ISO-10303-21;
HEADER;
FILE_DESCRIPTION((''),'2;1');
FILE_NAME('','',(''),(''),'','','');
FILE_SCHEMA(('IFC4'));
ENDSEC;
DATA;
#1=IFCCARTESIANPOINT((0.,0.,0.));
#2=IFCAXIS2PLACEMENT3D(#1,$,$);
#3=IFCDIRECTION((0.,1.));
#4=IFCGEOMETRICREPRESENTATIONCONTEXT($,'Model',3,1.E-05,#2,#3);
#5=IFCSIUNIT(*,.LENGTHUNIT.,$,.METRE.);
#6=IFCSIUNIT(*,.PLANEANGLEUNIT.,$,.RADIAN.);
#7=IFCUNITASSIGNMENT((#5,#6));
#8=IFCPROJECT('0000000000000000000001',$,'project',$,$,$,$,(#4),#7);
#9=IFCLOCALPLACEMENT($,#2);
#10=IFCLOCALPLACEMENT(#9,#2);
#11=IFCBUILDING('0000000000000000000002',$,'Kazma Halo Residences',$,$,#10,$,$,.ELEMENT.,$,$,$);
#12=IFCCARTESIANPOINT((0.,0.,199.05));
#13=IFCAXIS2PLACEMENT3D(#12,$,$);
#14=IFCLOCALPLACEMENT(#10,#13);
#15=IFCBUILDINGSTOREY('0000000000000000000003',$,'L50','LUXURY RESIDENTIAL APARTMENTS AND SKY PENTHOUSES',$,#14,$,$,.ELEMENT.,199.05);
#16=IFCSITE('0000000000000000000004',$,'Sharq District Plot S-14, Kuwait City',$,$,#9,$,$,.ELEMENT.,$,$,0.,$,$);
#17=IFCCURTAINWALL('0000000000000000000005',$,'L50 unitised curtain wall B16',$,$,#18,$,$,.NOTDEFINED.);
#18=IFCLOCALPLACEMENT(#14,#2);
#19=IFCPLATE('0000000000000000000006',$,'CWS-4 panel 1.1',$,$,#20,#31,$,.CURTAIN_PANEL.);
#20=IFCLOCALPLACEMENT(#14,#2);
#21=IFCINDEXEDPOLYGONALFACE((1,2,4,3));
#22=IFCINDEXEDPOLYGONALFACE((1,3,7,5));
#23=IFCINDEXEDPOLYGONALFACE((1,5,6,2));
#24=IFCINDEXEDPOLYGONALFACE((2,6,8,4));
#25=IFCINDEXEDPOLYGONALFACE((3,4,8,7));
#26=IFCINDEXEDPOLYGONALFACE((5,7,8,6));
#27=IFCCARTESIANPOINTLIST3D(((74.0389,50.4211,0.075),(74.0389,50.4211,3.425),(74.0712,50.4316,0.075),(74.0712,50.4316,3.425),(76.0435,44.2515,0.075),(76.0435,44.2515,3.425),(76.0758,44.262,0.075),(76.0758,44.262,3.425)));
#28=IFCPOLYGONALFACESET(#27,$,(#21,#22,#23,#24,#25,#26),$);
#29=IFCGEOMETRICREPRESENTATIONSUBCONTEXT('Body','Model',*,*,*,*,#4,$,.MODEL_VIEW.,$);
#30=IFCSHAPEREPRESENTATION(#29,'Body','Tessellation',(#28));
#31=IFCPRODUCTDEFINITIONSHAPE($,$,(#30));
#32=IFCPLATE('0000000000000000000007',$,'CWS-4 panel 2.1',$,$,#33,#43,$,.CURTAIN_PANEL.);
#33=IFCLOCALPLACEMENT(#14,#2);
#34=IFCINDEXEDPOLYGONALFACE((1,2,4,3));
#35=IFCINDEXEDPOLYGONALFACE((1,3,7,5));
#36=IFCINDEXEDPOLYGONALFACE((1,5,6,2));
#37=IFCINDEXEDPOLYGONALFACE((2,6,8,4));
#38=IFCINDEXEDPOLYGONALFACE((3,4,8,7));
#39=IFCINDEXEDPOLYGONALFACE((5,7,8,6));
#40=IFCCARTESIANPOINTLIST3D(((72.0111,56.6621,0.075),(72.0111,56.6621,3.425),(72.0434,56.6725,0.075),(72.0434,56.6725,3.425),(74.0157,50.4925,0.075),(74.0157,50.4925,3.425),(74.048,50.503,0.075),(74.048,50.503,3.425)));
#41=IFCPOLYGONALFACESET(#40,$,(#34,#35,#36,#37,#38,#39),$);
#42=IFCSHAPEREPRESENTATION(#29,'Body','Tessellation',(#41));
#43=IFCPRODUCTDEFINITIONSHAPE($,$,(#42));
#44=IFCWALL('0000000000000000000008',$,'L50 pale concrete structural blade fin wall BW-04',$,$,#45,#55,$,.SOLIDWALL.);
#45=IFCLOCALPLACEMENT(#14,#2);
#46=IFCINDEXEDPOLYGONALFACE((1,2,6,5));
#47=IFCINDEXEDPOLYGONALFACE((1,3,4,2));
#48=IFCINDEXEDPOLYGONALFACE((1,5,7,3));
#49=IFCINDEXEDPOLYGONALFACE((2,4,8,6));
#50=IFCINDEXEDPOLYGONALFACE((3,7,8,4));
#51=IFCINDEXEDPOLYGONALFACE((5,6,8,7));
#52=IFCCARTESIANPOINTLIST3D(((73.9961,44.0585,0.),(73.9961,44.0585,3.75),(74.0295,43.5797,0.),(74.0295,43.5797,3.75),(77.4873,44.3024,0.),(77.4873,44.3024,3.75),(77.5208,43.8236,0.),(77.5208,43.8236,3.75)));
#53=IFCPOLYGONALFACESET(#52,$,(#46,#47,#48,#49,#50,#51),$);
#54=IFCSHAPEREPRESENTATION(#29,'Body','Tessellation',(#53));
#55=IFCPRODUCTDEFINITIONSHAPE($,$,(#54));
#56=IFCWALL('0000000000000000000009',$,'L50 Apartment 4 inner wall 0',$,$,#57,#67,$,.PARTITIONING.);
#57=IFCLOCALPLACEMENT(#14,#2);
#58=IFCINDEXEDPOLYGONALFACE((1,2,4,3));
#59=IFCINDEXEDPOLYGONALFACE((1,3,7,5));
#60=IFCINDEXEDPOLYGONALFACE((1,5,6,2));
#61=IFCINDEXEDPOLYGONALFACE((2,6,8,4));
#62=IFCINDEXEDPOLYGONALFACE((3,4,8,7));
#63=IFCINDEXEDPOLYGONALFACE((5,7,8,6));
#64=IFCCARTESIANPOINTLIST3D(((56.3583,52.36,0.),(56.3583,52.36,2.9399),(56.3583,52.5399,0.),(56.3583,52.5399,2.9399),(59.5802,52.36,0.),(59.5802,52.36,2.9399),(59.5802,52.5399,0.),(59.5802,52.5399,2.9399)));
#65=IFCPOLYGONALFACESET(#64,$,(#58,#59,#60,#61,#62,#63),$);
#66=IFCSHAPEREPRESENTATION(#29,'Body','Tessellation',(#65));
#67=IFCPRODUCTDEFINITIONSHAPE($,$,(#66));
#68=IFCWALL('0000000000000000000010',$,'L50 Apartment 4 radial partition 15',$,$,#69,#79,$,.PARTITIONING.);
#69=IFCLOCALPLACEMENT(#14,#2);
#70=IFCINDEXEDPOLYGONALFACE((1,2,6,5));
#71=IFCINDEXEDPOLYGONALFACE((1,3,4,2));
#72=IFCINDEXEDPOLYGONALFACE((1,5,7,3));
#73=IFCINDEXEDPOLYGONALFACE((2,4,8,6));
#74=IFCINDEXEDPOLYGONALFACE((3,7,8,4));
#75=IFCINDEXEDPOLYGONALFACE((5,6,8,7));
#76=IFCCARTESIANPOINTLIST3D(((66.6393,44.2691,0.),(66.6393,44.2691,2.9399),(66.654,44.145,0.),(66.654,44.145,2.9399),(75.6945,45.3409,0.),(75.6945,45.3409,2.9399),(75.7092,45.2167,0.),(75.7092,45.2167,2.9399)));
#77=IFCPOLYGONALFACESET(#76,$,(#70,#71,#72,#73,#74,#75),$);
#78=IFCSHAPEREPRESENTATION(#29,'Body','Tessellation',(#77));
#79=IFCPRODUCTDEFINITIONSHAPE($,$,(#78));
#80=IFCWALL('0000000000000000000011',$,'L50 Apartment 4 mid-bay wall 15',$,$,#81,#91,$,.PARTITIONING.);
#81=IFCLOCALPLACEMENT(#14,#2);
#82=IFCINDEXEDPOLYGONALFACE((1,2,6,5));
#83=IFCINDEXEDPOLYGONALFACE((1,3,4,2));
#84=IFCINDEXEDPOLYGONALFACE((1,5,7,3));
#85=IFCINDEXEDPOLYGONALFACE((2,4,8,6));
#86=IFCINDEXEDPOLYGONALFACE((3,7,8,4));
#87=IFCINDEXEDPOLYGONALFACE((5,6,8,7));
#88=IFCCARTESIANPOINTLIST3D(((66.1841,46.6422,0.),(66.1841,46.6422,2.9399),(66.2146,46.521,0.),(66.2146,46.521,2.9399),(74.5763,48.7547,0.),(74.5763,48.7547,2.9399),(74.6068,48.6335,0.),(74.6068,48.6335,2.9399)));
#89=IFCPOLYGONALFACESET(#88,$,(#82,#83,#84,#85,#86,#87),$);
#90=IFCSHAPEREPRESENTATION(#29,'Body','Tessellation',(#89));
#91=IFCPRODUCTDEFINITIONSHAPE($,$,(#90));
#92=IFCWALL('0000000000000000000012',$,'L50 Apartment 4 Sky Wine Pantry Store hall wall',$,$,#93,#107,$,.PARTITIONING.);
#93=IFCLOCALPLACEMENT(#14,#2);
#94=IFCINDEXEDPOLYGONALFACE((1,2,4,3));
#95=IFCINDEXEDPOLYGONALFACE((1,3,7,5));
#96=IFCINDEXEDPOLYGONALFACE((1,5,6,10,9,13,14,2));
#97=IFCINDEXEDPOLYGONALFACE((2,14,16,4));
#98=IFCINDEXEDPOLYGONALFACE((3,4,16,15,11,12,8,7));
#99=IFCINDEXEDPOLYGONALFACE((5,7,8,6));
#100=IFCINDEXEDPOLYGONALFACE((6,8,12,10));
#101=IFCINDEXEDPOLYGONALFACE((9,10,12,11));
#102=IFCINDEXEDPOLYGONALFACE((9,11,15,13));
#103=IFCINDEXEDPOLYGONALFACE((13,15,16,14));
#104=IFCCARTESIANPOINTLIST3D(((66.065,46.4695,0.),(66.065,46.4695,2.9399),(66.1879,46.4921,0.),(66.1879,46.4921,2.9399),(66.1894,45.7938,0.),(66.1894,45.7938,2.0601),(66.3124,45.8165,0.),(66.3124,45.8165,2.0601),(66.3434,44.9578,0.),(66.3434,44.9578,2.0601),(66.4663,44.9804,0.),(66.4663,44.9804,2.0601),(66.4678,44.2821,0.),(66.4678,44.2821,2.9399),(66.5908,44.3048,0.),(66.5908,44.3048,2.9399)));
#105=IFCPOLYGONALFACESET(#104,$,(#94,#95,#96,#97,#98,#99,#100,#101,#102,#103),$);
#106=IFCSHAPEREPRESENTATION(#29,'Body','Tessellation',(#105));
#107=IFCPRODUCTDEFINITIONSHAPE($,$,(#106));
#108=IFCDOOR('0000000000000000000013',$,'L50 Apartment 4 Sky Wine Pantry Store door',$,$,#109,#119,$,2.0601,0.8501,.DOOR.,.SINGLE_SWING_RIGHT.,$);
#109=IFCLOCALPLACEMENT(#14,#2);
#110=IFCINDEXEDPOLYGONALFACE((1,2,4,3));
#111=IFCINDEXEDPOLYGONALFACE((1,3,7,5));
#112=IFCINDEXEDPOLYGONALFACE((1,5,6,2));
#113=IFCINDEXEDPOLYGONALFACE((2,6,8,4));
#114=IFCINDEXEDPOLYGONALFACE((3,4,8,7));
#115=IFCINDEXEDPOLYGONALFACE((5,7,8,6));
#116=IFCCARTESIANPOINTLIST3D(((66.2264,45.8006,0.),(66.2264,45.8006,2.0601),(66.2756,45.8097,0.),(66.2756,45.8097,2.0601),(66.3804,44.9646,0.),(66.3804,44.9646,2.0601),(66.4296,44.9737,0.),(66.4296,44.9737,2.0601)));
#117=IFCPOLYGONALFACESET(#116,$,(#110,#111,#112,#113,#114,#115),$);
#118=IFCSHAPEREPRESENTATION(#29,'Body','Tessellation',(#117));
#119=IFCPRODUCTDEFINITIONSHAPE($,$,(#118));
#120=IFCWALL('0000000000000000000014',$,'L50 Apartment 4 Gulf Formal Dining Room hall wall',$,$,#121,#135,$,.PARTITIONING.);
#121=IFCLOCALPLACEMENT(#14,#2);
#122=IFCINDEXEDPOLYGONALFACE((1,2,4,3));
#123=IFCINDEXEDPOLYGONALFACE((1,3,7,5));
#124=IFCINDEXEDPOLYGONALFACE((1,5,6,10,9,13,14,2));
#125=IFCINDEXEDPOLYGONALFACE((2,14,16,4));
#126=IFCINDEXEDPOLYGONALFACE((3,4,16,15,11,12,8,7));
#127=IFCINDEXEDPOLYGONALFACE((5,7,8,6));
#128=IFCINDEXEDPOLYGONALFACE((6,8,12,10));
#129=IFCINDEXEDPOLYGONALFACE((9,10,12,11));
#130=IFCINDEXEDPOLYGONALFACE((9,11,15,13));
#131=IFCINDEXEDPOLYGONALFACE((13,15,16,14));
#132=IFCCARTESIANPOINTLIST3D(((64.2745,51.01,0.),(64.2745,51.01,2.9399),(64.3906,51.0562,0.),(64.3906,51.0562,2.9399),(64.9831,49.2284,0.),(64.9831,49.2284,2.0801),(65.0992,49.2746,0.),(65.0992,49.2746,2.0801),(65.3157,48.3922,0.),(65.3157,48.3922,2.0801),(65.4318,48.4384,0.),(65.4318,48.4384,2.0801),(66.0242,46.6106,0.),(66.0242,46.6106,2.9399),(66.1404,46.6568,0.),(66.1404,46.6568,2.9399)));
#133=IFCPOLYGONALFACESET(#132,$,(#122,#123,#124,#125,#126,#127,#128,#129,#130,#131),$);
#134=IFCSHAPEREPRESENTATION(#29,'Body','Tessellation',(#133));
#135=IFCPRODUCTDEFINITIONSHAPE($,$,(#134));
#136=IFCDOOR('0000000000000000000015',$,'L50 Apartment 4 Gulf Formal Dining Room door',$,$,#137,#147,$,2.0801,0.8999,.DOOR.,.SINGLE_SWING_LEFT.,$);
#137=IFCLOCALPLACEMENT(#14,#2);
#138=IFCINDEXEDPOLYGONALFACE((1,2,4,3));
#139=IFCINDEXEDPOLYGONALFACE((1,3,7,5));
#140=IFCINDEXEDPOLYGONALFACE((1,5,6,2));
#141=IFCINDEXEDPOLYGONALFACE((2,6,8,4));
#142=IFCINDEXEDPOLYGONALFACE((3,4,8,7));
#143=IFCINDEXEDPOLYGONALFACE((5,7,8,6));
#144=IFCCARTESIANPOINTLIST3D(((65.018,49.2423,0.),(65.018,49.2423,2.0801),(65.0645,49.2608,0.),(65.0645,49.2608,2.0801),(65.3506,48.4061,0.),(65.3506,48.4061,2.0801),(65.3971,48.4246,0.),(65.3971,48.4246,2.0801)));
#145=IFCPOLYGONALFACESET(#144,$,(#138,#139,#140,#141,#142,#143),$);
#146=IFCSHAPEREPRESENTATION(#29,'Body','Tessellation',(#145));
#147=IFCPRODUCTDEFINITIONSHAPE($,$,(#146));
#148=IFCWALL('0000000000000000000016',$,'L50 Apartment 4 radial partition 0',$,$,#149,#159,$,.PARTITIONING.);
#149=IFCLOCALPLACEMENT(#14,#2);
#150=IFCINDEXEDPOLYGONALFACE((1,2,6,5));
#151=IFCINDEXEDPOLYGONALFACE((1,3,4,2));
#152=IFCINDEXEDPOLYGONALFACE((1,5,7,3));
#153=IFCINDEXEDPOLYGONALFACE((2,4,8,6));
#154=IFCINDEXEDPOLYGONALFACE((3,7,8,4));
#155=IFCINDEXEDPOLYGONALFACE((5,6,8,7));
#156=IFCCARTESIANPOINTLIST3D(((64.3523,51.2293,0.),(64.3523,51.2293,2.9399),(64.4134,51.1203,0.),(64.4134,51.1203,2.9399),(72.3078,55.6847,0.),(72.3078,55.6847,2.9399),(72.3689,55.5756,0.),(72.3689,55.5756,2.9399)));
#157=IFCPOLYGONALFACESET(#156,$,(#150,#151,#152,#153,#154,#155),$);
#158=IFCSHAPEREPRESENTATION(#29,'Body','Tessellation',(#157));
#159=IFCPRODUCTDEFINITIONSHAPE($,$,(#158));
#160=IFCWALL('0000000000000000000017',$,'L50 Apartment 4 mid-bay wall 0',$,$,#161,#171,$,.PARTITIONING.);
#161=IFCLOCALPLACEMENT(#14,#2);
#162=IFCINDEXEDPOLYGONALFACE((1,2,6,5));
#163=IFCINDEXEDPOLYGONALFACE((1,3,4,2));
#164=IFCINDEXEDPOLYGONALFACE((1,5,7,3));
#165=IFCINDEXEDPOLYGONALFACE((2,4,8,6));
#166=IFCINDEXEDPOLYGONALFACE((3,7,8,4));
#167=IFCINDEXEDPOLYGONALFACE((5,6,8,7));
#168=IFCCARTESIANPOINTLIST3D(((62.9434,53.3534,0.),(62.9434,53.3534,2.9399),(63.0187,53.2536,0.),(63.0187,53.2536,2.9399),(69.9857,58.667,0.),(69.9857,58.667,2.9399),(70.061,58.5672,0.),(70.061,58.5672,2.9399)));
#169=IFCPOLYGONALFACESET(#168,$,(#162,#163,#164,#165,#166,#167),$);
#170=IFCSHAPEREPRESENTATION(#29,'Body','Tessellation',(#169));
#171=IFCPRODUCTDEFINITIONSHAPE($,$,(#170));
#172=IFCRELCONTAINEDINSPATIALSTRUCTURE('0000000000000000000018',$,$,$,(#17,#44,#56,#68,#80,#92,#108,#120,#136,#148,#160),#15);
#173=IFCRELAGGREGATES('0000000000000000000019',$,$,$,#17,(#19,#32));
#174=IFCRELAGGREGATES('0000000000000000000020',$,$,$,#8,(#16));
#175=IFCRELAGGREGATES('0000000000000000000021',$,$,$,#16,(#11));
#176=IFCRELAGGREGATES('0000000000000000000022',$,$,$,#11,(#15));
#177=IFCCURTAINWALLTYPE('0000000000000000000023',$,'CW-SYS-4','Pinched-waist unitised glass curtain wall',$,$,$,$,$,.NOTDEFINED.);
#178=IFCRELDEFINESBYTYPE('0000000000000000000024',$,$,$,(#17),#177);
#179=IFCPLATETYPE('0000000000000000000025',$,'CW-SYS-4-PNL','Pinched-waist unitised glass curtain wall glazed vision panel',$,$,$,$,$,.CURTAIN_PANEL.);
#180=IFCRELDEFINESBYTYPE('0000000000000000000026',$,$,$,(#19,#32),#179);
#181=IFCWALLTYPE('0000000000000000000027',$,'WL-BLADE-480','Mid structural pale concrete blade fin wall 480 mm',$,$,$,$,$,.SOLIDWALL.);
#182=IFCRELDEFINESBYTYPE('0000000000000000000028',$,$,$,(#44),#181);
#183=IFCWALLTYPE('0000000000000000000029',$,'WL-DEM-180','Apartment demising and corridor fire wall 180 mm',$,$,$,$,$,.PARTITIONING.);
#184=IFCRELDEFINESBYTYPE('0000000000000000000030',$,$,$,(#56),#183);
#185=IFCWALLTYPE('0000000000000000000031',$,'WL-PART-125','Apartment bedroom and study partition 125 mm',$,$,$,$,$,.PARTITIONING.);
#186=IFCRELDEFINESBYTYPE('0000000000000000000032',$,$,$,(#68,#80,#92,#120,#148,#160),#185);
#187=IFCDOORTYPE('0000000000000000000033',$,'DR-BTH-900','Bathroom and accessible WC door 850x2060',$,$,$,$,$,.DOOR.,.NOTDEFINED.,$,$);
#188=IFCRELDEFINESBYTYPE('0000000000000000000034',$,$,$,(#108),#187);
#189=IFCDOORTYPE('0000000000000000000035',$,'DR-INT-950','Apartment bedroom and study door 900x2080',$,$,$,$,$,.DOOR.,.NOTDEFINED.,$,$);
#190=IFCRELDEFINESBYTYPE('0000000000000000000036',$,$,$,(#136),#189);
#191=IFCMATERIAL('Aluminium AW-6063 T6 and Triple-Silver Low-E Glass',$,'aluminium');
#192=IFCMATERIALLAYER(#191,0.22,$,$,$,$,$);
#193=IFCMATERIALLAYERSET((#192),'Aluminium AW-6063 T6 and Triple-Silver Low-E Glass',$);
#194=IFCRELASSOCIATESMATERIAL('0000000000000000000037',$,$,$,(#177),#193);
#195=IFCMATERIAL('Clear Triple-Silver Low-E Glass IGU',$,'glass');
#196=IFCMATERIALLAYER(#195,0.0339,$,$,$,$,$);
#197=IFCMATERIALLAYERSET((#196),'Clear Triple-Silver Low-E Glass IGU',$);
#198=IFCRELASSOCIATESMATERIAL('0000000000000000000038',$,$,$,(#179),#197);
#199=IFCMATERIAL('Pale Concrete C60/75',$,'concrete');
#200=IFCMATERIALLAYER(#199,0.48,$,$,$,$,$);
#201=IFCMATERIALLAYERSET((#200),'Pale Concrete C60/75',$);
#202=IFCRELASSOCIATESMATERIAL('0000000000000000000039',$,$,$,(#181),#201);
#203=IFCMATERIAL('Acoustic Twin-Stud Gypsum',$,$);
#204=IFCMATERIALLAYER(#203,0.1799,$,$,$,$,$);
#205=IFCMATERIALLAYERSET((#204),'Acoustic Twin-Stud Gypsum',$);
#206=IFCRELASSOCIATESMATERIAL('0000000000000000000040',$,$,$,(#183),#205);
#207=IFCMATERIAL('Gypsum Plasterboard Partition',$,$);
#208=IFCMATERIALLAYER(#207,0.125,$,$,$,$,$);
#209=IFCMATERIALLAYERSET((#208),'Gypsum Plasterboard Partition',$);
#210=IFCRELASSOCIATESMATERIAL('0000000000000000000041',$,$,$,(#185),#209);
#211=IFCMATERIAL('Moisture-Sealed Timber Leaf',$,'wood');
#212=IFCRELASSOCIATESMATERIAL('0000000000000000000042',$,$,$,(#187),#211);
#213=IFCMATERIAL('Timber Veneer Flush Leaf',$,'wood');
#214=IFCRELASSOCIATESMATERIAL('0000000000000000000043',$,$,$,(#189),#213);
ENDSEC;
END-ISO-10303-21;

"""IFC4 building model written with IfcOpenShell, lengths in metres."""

from ifc_helpers import new_model, si_unit, direction, frame, frame_2d, origin, origin_2d, place, context, subcontext, project, spatial, rectangle, extrude, material, layer, layer_set, type_object, element, fill, aggregate, save


model = new_model("IFC4")

# Units and contexts
model_context = context("Model", 3, precision=1e-05, world=origin(), true_north=direction((0.0, 1.0)))
body_context = subcontext(model_context, "Body", "Model", "MODEL_VIEW")
ifc_project = project(units=[si_unit("LENGTHUNIT", "METRE"), si_unit("PLANEANGLEUNIT", "RADIAN")], contexts=[model_context])

# Site, building, storey
site_placement = place(None, origin())
site = spatial("IfcSite", under=ifc_project, at=site_placement, Name="Sharq District Plot S-14, Kuwait City", CompositionType="ELEMENT", RefElevation=0.0)
building_placement = place(site_placement, origin())
building = spatial("IfcBuilding", under=site, at=building_placement, Name="Kazma Halo Residences", CompositionType="ELEMENT")
storey_placement = place(building_placement, frame((0.0, 0.0, 199.05)))
storey = spatial("IfcBuildingStorey", under=building, at=storey_placement, Name="L50", Description="LUXURY RESIDENTIAL APARTMENTS AND SKY PENTHOUSES", CompositionType="ELEMENT", Elevation=199.05)

# Shared definitions
ifc_material_1 = material(Name="Aluminium AW-6063 T6 and Triple-Silver Low-E Glass", Category="aluminium")
ifc_layer_1 = layer(ifc_material_1, 0.22)
ifc_layer_set_1 = layer_set([ifc_layer_1], Name="Aluminium AW-6063 T6 and Triple-Silver Low-E Glass")
curtain_wall_type = type_object("IfcCurtainWallType", Name="CW-SYS-4", Description="Pinched-waist unitised glass curtain wall", PredefinedType="NOTDEFINED", material=ifc_layer_set_1)

# Curtain wall, plates
curtain_wall_1_placement = place(storey_placement, origin())
curtain_wall_1 = element("IfcCurtainWall", 1, at=curtain_wall_1_placement, inside=storey, type_object=curtain_wall_type, Name="L50 unitised curtain wall B16", PredefinedType="NOTDEFINED")
ifc_material_2 = material(Name="Clear Triple-Silver Low-E Glass IGU", Category="glass")
ifc_layer_2 = layer(ifc_material_2, 0.0339)
ifc_layer_set_2 = layer_set([ifc_layer_2], Name="Clear Triple-Silver Low-E Glass IGU")
plate_type = type_object("IfcPlateType", Name="CW-SYS-4-PNL", Description="Pinched-waist unitised glass curtain wall glazed vision panel", PredefinedType="CURTAIN_PANEL", material=ifc_layer_set_2)
plate_1_placement = place(storey_placement, frame((75.0574, 47.3416, 0.075), z_axis=(0.0, 0.0, 1.0), x_axis=(-0.309016, 0.951057, 0.0)))
plate_1 = element("IfcPlate", 2, at=plate_1_placement, type_object=plate_type, Name="CWS-4 panel 1.1", PredefinedType="CURTAIN_PANEL", context=body_context, shape_type="SweptSolid", body=[
    extrude(rectangle(XDim=6.4871, YDim=0.0339, at=origin_2d()), origin(), (0.0, 0.0, 1.0), 3.3501),
])
plate_2_placement = place(storey_placement, frame((73.0295, 53.5825, 0.075), z_axis=(0.0, 0.0, 1.0), x_axis=(-0.309016, 0.951057, 0.0)))
plate_2 = element("IfcPlate", 3, at=plate_2_placement, type_object=plate_type, Name="CWS-4 panel 2.1", PredefinedType="CURTAIN_PANEL", context=body_context, shape_type="SweptSolid", body=[
    extrude(rectangle(XDim=6.4871, YDim=0.0339, at=origin_2d()), origin(), (0.0, 0.0, 1.0), 3.3501),
])
aggregate(curtain_wall_1, [plate_1, plate_2])

# Walls
ifc_material_3 = material(Name="Pale Concrete C60/75", Category="concrete")
ifc_layer_3 = layer(ifc_material_3, 0.48)
ifc_layer_set_3 = layer_set([ifc_layer_3], Name="Pale Concrete C60/75")
wall_type_1 = type_object("IfcWallType", Name="WL-BLADE-480", Description="Mid structural pale concrete blade fin wall 480 mm", PredefinedType="SOLIDWALL", material=ifc_layer_set_3)
wall_1_placement = place(storey_placement, frame((74.0127, 43.8191, 0.0), z_axis=(0.0, 0.0, 1.0), x_axis=(0.997569, 0.06969, 0.0)))
element("IfcWall", 4, at=wall_1_placement, inside=storey, type_object=wall_type_1, Name="L50 pale concrete structural blade fin wall BW-04", PredefinedType="SOLIDWALL", context=body_context, shape_type="SweptSolid", body=[
    extrude(rectangle(XDim=3.4998, YDim=0.48, at=frame_2d((1.75, 0.0))), origin(), (0.0, 0.0, 1.0), 3.75),
])
ifc_material_4 = material(Name="Acoustic Twin-Stud Gypsum")
ifc_layer_4 = layer(ifc_material_4, 0.1799)
ifc_layer_set_4 = layer_set([ifc_layer_4], Name="Acoustic Twin-Stud Gypsum")
wall_type_2 = type_object("IfcWallType", Name="WL-DEM-180", Description="Apartment demising and corridor fire wall 180 mm", PredefinedType="PARTITIONING", material=ifc_layer_set_4)
wall_2_placement = place(storey_placement, frame((59.5801, 52.45, 0.0), z_axis=(0.0, 0.0, 1.0), x_axis=(-1.0, 0.0, 0.0)))
element("IfcWall", 5, at=wall_2_placement, inside=storey, type_object=wall_type_2, Name="L50 Apartment 4 inner wall 0", PredefinedType="PARTITIONING", context=body_context, shape_type="SweptSolid", body=[
    extrude(rectangle(XDim=3.2219, YDim=0.1799, at=frame_2d((1.6108, 0.0))), origin(), (0.0, 0.0, 1.0), 2.9399),
])
ifc_material_5 = material(Name="Gypsum Plasterboard Partition")
ifc_layer_5 = layer(ifc_material_5, 0.125)
ifc_layer_set_5 = layer_set([ifc_layer_5], Name="Gypsum Plasterboard Partition")
wall_type_3 = type_object("IfcWallType", Name="WL-PART-125", Description="Apartment bedroom and study partition 125 mm", PredefinedType="PARTITIONING", material=ifc_layer_set_5)
wall_3_placement = place(storey_placement, frame((66.6467, 44.207, 0.0), z_axis=(0.0, 0.0, 1.0), x_axis=(0.993068, 0.11754, 0.0)))
element("IfcWall", 6, at=wall_3_placement, inside=storey, type_object=wall_type_3, Name="L50 Apartment 4 radial partition 15", PredefinedType="PARTITIONING", context=body_context, shape_type="SweptSolid", body=[
    extrude(rectangle(XDim=9.1184, YDim=0.125, at=frame_2d((4.5591, 0.0))), origin(), (0.0, 0.0, 1.0), 2.9399),
])
wall_4_placement = place(storey_placement, frame((66.1992, 46.5815, 0.0), z_axis=(0.0, 0.0, 1.0), x_axis=(0.969748, 0.244108, 0.0)))
element("IfcWall", 7, at=wall_4_placement, inside=storey, type_object=wall_type_3, Name="L50 Apartment 4 mid-bay wall 15", PredefinedType="PARTITIONING", context=body_context, shape_type="SweptSolid", body=[
    extrude(rectangle(XDim=8.6541, YDim=0.125, at=frame_2d((4.3271, 0.0))), origin(), (0.0, 0.0, 1.0), 2.9399),
])

# Walls, openings, doors
wall_5_placement = place(storey_placement, frame((66.5293, 44.2935, 0.0), z_axis=(0.0, 0.0, 1.0), x_axis=(-0.181126, 0.98346, 0.0)))
wall_5 = element("IfcWall", 8, at=wall_5_placement, inside=storey, type_object=wall_type_3, Name="L50 Apartment 4 Sky Wine Pantry Store hall wall", PredefinedType="PARTITIONING", context=body_context, shape_type="SweptSolid", body=[
    extrude(rectangle(XDim=2.2241, YDim=0.125, at=frame_2d((1.1121, 0.0))), origin(), (0.0, 0.0, 1.0), 2.9399),
])
opening_1_placement = place(wall_5_placement, frame((0.687, 0.0, 0.0)))
opening_1 = element("IfcOpeningElement", 9, at=opening_1_placement, cuts=wall_5, PredefinedType="OPENING", context=body_context, shape_type="SweptSolid", body=[
    extrude(rectangle(XDim=0.8501, YDim=2.0601, at=frame_2d((0.425, 1.03))), frame((0.0, 0.0725, 0.0), z_axis=(0.0, -1.0, 0.0), x_axis=(1.0, 0.0, 0.0)), (0.0, 0.0, 1.0), 0.145),
])
ifc_material_6 = material(Name="Moisture-Sealed Timber Leaf", Category="wood")
door_type_1 = type_object("IfcDoorType", Name="DR-BTH-900", Description="Bathroom and accessible WC door 850x2060", OperationType="NOTDEFINED", PredefinedType="DOOR", material=ifc_material_6)
door_1_placement = place(opening_1_placement, origin())
door_1 = element("IfcDoor", 10, at=door_1_placement, inside=storey, type_object=door_type_1, Name="L50 Apartment 4 Sky Wine Pantry Store door", OperationType="SINGLE_SWING_RIGHT", OverallHeight=2.0601, OverallWidth=0.8501, PredefinedType="DOOR", context=body_context, shape_type="SweptSolid", body=[
    extrude(rectangle(XDim=0.8501, YDim=2.0601, at=frame_2d((0.425, 1.03))), frame((0.0, 0.0249, 0.0), z_axis=(0.0, -1.0, 0.0), x_axis=(1.0, 0.0, 0.0)), (0.0, 0.0, 1.0), 0.05),
])
fill(opening_1, door_1)
wall_6_placement = place(storey_placement, frame((66.0823, 46.6338, 0.0), z_axis=(0.0, 0.0, 1.0), x_axis=(-0.369567, 0.929204, 0.0)))
wall_6 = element("IfcWall", 11, at=wall_6_placement, inside=storey, type_object=wall_type_3, Name="L50 Apartment 4 Gulf Formal Dining Room hall wall", PredefinedType="PARTITIONING", context=body_context, shape_type="SweptSolid", body=[
    extrude(rectangle(XDim=4.7346, YDim=0.125, at=frame_2d((2.3672, 0.0))), origin(), (0.0, 0.0, 1.0), 2.9399),
])
opening_2_placement = place(wall_6_placement, frame((1.9172, 0.0, 0.0)))
opening_2 = element("IfcOpeningElement", 12, at=opening_2_placement, cuts=wall_6, PredefinedType="OPENING", context=body_context, shape_type="SweptSolid", body=[
    extrude(rectangle(XDim=0.8999, YDim=2.0801, at=frame_2d((0.45, 1.04))), frame((0.0, 0.0725, 0.0), z_axis=(0.0, -1.0, 0.0), x_axis=(1.0, 0.0, 0.0)), (0.0, 0.0, 1.0), 0.145),
])
ifc_material_7 = material(Name="Timber Veneer Flush Leaf", Category="wood")
door_type_2 = type_object("IfcDoorType", Name="DR-INT-950", Description="Apartment bedroom and study door 900x2080", OperationType="NOTDEFINED", PredefinedType="DOOR", material=ifc_material_7)
door_2_placement = place(opening_2_placement, origin())
door_2 = element("IfcDoor", 13, at=door_2_placement, inside=storey, type_object=door_type_2, Name="L50 Apartment 4 Gulf Formal Dining Room door", OperationType="SINGLE_SWING_LEFT", OverallHeight=2.0801, OverallWidth=0.8999, PredefinedType="DOOR", context=body_context, shape_type="SweptSolid", body=[
    extrude(rectangle(XDim=0.8999, YDim=2.0801, at=frame_2d((0.45, 1.04))), frame((0.0, 0.0249, 0.0), z_axis=(0.0, -1.0, 0.0), x_axis=(1.0, 0.0, 0.0)), (0.0, 0.0, 1.0), 0.05),
])
fill(opening_2, door_2)

# Walls
wall_7_placement = place(storey_placement, frame((64.3828, 51.1748, 0.0), z_axis=(0.0, 0.0, 1.0), x_axis=(0.872496, 0.48862, 0.0)))
element("IfcWall", 14, at=wall_7_placement, inside=storey, type_object=wall_type_3, Name="L50 Apartment 4 radial partition 0", PredefinedType="PARTITIONING", context=body_context, shape_type="SweptSolid", body=[
    extrude(rectangle(XDim=9.1182, YDim=0.125, at=frame_2d((4.5591, 0.0))), origin(), (0.0, 0.0, 1.0), 2.9399),
])
wall_8_placement = place(storey_placement, frame((62.981, 53.3035, 0.0), z_axis=(0.0, 0.0, 1.0), x_axis=(0.798266, 0.602304, 0.0)))
element("IfcWall", 15, at=wall_8_placement, inside=storey, type_object=wall_type_3, Name="L50 Apartment 4 mid-bay wall 0", PredefinedType="PARTITIONING", context=body_context, shape_type="SweptSolid", body=[
    extrude(rectangle(XDim=8.822, YDim=0.125, at=frame_2d((4.4111, 0.0))), origin(), (0.0, 0.0, 1.0), 2.9399),
])

save(model, "model.ifc")
